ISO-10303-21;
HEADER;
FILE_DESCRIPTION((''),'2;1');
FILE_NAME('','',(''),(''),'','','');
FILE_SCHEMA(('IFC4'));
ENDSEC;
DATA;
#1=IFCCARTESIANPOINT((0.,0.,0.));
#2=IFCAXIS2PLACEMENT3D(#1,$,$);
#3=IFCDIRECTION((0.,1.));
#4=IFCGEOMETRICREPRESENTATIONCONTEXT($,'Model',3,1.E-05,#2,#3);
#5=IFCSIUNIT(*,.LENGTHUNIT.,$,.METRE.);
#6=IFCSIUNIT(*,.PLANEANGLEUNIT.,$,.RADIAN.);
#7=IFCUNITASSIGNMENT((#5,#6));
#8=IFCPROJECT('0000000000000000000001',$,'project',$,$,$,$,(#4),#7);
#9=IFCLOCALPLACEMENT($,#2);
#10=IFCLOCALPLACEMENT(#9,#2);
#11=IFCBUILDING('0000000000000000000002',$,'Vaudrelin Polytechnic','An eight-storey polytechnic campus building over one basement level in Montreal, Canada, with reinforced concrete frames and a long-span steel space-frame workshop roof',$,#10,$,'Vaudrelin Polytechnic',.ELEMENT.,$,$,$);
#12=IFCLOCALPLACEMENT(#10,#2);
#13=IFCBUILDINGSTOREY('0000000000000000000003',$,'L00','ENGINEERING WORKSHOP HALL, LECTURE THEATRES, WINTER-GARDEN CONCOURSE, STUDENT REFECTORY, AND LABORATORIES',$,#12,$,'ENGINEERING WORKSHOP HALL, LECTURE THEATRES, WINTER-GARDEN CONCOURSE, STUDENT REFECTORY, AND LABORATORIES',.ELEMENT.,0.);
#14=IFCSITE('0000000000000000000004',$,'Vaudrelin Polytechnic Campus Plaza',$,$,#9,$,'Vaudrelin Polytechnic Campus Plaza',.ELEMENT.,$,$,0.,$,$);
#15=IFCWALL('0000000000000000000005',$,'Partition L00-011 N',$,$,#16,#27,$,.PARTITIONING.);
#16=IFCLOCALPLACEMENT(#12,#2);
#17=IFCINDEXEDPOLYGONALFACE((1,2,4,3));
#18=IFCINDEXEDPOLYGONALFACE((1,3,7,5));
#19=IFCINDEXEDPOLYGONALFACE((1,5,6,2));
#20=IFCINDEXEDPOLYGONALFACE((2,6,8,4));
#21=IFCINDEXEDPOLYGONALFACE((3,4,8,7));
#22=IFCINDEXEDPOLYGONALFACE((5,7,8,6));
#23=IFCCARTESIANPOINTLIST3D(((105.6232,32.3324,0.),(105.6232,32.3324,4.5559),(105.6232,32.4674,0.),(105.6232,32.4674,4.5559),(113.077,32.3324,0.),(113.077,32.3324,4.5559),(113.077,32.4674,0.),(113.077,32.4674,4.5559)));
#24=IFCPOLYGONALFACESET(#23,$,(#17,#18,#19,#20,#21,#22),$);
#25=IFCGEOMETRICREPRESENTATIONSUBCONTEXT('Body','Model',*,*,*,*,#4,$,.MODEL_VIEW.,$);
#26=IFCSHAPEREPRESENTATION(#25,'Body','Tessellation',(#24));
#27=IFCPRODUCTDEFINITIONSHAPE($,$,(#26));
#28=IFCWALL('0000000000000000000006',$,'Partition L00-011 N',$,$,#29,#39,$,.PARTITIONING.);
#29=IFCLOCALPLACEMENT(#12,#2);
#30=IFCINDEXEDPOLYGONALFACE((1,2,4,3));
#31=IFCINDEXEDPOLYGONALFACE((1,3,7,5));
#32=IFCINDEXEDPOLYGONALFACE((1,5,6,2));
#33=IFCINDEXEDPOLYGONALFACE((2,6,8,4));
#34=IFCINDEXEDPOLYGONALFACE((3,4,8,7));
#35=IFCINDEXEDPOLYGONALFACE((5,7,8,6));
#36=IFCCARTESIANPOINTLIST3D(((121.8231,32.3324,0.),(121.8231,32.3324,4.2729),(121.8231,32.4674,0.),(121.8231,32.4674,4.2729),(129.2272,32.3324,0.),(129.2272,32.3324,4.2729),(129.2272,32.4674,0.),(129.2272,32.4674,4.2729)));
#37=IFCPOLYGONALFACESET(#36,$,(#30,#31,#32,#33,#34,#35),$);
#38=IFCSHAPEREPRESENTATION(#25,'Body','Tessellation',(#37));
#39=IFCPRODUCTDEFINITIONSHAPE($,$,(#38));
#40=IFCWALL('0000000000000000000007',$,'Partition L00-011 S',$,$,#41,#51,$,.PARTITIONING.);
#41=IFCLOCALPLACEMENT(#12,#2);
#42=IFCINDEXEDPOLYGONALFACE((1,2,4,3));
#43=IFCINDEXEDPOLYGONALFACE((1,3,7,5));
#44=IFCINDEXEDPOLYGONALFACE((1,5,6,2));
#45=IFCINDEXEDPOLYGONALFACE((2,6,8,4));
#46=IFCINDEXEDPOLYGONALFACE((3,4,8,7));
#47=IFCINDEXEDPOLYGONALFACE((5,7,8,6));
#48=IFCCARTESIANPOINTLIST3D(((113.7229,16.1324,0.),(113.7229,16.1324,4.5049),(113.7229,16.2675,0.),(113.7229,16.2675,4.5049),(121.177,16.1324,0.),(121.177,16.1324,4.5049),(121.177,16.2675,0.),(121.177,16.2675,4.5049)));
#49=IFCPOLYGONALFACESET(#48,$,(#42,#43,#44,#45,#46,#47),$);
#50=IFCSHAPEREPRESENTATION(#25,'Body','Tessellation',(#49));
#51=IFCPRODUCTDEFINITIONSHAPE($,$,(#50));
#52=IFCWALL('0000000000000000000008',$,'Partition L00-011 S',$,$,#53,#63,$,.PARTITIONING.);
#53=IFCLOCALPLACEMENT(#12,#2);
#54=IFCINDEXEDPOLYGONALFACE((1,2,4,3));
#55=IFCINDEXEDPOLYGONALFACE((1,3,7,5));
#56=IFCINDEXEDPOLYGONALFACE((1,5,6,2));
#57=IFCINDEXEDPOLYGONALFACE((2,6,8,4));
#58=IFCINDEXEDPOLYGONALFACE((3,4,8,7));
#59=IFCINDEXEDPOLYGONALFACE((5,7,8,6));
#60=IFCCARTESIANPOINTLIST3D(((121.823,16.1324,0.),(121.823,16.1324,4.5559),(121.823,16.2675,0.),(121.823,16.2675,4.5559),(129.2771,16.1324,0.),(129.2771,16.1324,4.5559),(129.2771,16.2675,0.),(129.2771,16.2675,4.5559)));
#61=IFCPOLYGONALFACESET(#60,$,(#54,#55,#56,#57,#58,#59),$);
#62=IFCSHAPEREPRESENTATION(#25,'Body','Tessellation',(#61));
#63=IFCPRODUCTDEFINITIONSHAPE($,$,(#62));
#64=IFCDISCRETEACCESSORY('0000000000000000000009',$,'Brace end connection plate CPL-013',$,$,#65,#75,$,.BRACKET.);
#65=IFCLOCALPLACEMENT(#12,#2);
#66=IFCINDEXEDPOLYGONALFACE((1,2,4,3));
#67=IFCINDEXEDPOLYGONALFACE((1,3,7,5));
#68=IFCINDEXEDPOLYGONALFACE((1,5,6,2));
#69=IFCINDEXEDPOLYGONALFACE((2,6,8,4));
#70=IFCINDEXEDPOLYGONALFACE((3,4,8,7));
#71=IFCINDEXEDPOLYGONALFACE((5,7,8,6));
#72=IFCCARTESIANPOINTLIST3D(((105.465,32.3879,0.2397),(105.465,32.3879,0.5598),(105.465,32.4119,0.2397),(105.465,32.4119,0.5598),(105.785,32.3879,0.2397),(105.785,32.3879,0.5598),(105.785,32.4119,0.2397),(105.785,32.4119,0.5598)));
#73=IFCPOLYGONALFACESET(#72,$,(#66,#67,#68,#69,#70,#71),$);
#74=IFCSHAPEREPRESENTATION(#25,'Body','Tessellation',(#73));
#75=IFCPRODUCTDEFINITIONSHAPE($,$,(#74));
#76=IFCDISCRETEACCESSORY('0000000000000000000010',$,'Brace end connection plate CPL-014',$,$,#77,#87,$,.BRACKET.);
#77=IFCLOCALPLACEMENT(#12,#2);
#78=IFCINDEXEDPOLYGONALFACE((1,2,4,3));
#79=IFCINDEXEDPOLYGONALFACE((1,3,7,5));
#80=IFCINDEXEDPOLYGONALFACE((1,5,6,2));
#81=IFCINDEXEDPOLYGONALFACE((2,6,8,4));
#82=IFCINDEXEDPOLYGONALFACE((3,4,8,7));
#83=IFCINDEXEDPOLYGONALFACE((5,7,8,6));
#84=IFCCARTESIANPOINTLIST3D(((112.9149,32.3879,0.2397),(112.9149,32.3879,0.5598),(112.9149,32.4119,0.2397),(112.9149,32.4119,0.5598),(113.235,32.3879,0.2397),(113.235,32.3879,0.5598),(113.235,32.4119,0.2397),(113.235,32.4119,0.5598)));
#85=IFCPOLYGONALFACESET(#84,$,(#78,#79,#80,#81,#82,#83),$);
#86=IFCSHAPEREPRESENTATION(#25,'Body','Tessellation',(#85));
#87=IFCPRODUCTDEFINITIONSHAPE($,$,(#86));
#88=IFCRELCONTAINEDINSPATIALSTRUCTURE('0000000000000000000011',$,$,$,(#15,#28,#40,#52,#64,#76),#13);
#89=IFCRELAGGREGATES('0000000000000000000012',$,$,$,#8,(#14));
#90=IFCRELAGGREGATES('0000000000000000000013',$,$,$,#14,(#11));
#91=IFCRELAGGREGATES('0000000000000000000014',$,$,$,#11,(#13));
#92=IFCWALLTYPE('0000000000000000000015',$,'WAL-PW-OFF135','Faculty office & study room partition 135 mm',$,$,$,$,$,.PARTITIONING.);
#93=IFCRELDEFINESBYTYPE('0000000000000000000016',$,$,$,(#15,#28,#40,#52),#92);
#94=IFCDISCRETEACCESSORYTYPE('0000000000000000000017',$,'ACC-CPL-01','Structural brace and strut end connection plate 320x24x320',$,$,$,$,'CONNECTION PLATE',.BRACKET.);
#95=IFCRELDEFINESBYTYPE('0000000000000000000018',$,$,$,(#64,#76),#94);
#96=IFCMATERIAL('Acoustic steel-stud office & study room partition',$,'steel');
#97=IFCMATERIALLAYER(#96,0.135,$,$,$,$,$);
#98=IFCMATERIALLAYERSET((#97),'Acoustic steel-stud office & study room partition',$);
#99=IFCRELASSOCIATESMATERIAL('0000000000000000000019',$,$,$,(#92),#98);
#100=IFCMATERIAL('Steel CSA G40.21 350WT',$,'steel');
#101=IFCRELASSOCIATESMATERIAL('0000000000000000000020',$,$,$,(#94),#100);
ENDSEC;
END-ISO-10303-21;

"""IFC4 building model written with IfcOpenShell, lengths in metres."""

from ifc_helpers import new_model, si_unit, direction, frame, frame_2d, origin, origin_2d, place, context, subcontext, project, spatial, rectangle, extrude, material, layer, layer_set, type_object, element, save


model = new_model("IFC4")

# Units and contexts
model_context = context("Model", 3, precision=1e-05, world=origin(), true_north=direction((0.0, 1.0)))
body_context = subcontext(model_context, "Body", "Model", "MODEL_VIEW")
ifc_project = project(units=[si_unit("LENGTHUNIT", "METRE"), si_unit("PLANEANGLEUNIT", "RADIAN")], contexts=[model_context])

# Site, building, storey
site_placement = place(None, origin())
site = spatial("IfcSite", under=ifc_project, at=site_placement, Name="Vaudrelin Polytechnic Campus Plaza", LongName="Vaudrelin Polytechnic Campus Plaza", CompositionType="ELEMENT", RefElevation=0.0)
building_placement = place(site_placement, origin())
building = spatial("IfcBuilding", under=site, at=building_placement, Name="Vaudrelin Polytechnic", Description="An eight-storey polytechnic campus building over one basement level in Montreal, Canada, with reinforced concrete frames and a long-span steel space-frame workshop roof", LongName="Vaudrelin Polytechnic", CompositionType="ELEMENT")
storey_placement = place(building_placement, origin())
storey = spatial("IfcBuildingStorey", under=building, at=storey_placement, Name="L00", Description="ENGINEERING WORKSHOP HALL, LECTURE THEATRES, WINTER-GARDEN CONCOURSE, STUDENT REFECTORY, AND LABORATORIES", LongName="ENGINEERING WORKSHOP HALL, LECTURE THEATRES, WINTER-GARDEN CONCOURSE, STUDENT REFECTORY, AND LABORATORIES", CompositionType="ELEMENT", Elevation=0.0)

# Shared definitions
ifc_material_1 = material(Name="Steel CSA G40.21 350WT", Category="steel")

# Walls
ifc_material_2 = material(Name="Acoustic steel-stud office & study room partition", Category="steel")
ifc_layer_1 = layer(ifc_material_2, 0.135)
ifc_layer_set_1 = layer_set([ifc_layer_1], Name="Acoustic steel-stud office & study room partition")
wall_type_1 = type_object("IfcWallType", Name="WAL-PW-OFF135", Description="Faculty office & study room partition 135 mm", PredefinedType="PARTITIONING", material=ifc_layer_set_1)
wall_1_placement = place(storey_placement, frame((105.623, 32.3999, 0.0), z_axis=(0.0, 0.0, 1.0), x_axis=(1.0, 0.0, 0.0)))
element("IfcWall", 1, at=wall_1_placement, inside=storey, type_object=wall_type_1, Name="Partition L00-011 N", PredefinedType="PARTITIONING", context=body_context, shape_type="SweptSolid", body=[
    extrude(rectangle(XDim=7.4539, YDim=0.135, at=frame_2d((3.7271, 0.0))), origin(), (0.0, 0.0, 1.0), 4.5559),
])
wall_2_placement = place(storey_placement, frame((121.823, 32.3999, 0.0), z_axis=(0.0, 0.0, 1.0), x_axis=(1.0, 0.0, 0.0)))
element("IfcWall", 2, at=wall_2_placement, inside=storey, type_object=wall_type_1, Name="Partition L00-011 N", PredefinedType="PARTITIONING", context=body_context, shape_type="SweptSolid", body=[
    extrude(rectangle(XDim=7.4041, YDim=0.135, at=frame_2d((3.7021, 0.0))), origin(), (0.0, 0.0, 1.0), 4.2729),
])
wall_3_placement = place(storey_placement, frame((113.7229, 16.2, 0.0), z_axis=(0.0, 0.0, 1.0), x_axis=(1.0, 0.0, 0.0)))
element("IfcWall", 3, at=wall_3_placement, inside=storey, type_object=wall_type_1, Name="Partition L00-011 S", PredefinedType="PARTITIONING", context=body_context, shape_type="SweptSolid", body=[
    extrude(rectangle(XDim=7.4541, YDim=0.135, at=frame_2d((3.7271, 0.0))), origin(), (0.0, 0.0, 1.0), 4.5049),
])
wall_4_placement = place(storey_placement, frame((121.823, 16.2, 0.0), z_axis=(0.0, 0.0, 1.0), x_axis=(1.0, 0.0, 0.0)))
element("IfcWall", 4, at=wall_4_placement, inside=storey, type_object=wall_type_1, Name="Partition L00-011 S", PredefinedType="PARTITIONING", context=body_context, shape_type="SweptSolid", body=[
    extrude(rectangle(XDim=7.4541, YDim=0.135, at=frame_2d((3.7271, 0.0))), origin(), (0.0, 0.0, 1.0), 4.5559),
])

# Discrete accessories
discrete_accessory_type = type_object("IfcDiscreteAccessoryType", Name="ACC-CPL-01", Description="Structural brace and strut end connection plate 320x24x320", ElementType="CONNECTION PLATE", PredefinedType="BRACKET", material=ifc_material_1)
for number, where, z_axis, x_axis, name in (
    (5, (105.625, 32.3999, 0.2397), (0.0, 0.0, 1.0), (1.0, 0.0, 0.0), "Brace end connection plate CPL-013"),
    (6, (113.075, 32.3999, 0.2397), (0.0, 0.0, 1.0), (1.0, 0.0, 0.0), "Brace end connection plate CPL-014"),
):
    element("IfcDiscreteAccessory", number, at=place(storey_placement, frame(where, z_axis=z_axis, x_axis=x_axis)), inside=storey, type_object=discrete_accessory_type, Name=name, PredefinedType="BRACKET", context=body_context, shape_type="SweptSolid", body=[
        extrude(rectangle(XDim=0.3201, YDim=0.0239, at=origin_2d()), origin(), (0.0, 0.0, 1.0), 0.3201),
    ])

save(model, "model.ifc")
